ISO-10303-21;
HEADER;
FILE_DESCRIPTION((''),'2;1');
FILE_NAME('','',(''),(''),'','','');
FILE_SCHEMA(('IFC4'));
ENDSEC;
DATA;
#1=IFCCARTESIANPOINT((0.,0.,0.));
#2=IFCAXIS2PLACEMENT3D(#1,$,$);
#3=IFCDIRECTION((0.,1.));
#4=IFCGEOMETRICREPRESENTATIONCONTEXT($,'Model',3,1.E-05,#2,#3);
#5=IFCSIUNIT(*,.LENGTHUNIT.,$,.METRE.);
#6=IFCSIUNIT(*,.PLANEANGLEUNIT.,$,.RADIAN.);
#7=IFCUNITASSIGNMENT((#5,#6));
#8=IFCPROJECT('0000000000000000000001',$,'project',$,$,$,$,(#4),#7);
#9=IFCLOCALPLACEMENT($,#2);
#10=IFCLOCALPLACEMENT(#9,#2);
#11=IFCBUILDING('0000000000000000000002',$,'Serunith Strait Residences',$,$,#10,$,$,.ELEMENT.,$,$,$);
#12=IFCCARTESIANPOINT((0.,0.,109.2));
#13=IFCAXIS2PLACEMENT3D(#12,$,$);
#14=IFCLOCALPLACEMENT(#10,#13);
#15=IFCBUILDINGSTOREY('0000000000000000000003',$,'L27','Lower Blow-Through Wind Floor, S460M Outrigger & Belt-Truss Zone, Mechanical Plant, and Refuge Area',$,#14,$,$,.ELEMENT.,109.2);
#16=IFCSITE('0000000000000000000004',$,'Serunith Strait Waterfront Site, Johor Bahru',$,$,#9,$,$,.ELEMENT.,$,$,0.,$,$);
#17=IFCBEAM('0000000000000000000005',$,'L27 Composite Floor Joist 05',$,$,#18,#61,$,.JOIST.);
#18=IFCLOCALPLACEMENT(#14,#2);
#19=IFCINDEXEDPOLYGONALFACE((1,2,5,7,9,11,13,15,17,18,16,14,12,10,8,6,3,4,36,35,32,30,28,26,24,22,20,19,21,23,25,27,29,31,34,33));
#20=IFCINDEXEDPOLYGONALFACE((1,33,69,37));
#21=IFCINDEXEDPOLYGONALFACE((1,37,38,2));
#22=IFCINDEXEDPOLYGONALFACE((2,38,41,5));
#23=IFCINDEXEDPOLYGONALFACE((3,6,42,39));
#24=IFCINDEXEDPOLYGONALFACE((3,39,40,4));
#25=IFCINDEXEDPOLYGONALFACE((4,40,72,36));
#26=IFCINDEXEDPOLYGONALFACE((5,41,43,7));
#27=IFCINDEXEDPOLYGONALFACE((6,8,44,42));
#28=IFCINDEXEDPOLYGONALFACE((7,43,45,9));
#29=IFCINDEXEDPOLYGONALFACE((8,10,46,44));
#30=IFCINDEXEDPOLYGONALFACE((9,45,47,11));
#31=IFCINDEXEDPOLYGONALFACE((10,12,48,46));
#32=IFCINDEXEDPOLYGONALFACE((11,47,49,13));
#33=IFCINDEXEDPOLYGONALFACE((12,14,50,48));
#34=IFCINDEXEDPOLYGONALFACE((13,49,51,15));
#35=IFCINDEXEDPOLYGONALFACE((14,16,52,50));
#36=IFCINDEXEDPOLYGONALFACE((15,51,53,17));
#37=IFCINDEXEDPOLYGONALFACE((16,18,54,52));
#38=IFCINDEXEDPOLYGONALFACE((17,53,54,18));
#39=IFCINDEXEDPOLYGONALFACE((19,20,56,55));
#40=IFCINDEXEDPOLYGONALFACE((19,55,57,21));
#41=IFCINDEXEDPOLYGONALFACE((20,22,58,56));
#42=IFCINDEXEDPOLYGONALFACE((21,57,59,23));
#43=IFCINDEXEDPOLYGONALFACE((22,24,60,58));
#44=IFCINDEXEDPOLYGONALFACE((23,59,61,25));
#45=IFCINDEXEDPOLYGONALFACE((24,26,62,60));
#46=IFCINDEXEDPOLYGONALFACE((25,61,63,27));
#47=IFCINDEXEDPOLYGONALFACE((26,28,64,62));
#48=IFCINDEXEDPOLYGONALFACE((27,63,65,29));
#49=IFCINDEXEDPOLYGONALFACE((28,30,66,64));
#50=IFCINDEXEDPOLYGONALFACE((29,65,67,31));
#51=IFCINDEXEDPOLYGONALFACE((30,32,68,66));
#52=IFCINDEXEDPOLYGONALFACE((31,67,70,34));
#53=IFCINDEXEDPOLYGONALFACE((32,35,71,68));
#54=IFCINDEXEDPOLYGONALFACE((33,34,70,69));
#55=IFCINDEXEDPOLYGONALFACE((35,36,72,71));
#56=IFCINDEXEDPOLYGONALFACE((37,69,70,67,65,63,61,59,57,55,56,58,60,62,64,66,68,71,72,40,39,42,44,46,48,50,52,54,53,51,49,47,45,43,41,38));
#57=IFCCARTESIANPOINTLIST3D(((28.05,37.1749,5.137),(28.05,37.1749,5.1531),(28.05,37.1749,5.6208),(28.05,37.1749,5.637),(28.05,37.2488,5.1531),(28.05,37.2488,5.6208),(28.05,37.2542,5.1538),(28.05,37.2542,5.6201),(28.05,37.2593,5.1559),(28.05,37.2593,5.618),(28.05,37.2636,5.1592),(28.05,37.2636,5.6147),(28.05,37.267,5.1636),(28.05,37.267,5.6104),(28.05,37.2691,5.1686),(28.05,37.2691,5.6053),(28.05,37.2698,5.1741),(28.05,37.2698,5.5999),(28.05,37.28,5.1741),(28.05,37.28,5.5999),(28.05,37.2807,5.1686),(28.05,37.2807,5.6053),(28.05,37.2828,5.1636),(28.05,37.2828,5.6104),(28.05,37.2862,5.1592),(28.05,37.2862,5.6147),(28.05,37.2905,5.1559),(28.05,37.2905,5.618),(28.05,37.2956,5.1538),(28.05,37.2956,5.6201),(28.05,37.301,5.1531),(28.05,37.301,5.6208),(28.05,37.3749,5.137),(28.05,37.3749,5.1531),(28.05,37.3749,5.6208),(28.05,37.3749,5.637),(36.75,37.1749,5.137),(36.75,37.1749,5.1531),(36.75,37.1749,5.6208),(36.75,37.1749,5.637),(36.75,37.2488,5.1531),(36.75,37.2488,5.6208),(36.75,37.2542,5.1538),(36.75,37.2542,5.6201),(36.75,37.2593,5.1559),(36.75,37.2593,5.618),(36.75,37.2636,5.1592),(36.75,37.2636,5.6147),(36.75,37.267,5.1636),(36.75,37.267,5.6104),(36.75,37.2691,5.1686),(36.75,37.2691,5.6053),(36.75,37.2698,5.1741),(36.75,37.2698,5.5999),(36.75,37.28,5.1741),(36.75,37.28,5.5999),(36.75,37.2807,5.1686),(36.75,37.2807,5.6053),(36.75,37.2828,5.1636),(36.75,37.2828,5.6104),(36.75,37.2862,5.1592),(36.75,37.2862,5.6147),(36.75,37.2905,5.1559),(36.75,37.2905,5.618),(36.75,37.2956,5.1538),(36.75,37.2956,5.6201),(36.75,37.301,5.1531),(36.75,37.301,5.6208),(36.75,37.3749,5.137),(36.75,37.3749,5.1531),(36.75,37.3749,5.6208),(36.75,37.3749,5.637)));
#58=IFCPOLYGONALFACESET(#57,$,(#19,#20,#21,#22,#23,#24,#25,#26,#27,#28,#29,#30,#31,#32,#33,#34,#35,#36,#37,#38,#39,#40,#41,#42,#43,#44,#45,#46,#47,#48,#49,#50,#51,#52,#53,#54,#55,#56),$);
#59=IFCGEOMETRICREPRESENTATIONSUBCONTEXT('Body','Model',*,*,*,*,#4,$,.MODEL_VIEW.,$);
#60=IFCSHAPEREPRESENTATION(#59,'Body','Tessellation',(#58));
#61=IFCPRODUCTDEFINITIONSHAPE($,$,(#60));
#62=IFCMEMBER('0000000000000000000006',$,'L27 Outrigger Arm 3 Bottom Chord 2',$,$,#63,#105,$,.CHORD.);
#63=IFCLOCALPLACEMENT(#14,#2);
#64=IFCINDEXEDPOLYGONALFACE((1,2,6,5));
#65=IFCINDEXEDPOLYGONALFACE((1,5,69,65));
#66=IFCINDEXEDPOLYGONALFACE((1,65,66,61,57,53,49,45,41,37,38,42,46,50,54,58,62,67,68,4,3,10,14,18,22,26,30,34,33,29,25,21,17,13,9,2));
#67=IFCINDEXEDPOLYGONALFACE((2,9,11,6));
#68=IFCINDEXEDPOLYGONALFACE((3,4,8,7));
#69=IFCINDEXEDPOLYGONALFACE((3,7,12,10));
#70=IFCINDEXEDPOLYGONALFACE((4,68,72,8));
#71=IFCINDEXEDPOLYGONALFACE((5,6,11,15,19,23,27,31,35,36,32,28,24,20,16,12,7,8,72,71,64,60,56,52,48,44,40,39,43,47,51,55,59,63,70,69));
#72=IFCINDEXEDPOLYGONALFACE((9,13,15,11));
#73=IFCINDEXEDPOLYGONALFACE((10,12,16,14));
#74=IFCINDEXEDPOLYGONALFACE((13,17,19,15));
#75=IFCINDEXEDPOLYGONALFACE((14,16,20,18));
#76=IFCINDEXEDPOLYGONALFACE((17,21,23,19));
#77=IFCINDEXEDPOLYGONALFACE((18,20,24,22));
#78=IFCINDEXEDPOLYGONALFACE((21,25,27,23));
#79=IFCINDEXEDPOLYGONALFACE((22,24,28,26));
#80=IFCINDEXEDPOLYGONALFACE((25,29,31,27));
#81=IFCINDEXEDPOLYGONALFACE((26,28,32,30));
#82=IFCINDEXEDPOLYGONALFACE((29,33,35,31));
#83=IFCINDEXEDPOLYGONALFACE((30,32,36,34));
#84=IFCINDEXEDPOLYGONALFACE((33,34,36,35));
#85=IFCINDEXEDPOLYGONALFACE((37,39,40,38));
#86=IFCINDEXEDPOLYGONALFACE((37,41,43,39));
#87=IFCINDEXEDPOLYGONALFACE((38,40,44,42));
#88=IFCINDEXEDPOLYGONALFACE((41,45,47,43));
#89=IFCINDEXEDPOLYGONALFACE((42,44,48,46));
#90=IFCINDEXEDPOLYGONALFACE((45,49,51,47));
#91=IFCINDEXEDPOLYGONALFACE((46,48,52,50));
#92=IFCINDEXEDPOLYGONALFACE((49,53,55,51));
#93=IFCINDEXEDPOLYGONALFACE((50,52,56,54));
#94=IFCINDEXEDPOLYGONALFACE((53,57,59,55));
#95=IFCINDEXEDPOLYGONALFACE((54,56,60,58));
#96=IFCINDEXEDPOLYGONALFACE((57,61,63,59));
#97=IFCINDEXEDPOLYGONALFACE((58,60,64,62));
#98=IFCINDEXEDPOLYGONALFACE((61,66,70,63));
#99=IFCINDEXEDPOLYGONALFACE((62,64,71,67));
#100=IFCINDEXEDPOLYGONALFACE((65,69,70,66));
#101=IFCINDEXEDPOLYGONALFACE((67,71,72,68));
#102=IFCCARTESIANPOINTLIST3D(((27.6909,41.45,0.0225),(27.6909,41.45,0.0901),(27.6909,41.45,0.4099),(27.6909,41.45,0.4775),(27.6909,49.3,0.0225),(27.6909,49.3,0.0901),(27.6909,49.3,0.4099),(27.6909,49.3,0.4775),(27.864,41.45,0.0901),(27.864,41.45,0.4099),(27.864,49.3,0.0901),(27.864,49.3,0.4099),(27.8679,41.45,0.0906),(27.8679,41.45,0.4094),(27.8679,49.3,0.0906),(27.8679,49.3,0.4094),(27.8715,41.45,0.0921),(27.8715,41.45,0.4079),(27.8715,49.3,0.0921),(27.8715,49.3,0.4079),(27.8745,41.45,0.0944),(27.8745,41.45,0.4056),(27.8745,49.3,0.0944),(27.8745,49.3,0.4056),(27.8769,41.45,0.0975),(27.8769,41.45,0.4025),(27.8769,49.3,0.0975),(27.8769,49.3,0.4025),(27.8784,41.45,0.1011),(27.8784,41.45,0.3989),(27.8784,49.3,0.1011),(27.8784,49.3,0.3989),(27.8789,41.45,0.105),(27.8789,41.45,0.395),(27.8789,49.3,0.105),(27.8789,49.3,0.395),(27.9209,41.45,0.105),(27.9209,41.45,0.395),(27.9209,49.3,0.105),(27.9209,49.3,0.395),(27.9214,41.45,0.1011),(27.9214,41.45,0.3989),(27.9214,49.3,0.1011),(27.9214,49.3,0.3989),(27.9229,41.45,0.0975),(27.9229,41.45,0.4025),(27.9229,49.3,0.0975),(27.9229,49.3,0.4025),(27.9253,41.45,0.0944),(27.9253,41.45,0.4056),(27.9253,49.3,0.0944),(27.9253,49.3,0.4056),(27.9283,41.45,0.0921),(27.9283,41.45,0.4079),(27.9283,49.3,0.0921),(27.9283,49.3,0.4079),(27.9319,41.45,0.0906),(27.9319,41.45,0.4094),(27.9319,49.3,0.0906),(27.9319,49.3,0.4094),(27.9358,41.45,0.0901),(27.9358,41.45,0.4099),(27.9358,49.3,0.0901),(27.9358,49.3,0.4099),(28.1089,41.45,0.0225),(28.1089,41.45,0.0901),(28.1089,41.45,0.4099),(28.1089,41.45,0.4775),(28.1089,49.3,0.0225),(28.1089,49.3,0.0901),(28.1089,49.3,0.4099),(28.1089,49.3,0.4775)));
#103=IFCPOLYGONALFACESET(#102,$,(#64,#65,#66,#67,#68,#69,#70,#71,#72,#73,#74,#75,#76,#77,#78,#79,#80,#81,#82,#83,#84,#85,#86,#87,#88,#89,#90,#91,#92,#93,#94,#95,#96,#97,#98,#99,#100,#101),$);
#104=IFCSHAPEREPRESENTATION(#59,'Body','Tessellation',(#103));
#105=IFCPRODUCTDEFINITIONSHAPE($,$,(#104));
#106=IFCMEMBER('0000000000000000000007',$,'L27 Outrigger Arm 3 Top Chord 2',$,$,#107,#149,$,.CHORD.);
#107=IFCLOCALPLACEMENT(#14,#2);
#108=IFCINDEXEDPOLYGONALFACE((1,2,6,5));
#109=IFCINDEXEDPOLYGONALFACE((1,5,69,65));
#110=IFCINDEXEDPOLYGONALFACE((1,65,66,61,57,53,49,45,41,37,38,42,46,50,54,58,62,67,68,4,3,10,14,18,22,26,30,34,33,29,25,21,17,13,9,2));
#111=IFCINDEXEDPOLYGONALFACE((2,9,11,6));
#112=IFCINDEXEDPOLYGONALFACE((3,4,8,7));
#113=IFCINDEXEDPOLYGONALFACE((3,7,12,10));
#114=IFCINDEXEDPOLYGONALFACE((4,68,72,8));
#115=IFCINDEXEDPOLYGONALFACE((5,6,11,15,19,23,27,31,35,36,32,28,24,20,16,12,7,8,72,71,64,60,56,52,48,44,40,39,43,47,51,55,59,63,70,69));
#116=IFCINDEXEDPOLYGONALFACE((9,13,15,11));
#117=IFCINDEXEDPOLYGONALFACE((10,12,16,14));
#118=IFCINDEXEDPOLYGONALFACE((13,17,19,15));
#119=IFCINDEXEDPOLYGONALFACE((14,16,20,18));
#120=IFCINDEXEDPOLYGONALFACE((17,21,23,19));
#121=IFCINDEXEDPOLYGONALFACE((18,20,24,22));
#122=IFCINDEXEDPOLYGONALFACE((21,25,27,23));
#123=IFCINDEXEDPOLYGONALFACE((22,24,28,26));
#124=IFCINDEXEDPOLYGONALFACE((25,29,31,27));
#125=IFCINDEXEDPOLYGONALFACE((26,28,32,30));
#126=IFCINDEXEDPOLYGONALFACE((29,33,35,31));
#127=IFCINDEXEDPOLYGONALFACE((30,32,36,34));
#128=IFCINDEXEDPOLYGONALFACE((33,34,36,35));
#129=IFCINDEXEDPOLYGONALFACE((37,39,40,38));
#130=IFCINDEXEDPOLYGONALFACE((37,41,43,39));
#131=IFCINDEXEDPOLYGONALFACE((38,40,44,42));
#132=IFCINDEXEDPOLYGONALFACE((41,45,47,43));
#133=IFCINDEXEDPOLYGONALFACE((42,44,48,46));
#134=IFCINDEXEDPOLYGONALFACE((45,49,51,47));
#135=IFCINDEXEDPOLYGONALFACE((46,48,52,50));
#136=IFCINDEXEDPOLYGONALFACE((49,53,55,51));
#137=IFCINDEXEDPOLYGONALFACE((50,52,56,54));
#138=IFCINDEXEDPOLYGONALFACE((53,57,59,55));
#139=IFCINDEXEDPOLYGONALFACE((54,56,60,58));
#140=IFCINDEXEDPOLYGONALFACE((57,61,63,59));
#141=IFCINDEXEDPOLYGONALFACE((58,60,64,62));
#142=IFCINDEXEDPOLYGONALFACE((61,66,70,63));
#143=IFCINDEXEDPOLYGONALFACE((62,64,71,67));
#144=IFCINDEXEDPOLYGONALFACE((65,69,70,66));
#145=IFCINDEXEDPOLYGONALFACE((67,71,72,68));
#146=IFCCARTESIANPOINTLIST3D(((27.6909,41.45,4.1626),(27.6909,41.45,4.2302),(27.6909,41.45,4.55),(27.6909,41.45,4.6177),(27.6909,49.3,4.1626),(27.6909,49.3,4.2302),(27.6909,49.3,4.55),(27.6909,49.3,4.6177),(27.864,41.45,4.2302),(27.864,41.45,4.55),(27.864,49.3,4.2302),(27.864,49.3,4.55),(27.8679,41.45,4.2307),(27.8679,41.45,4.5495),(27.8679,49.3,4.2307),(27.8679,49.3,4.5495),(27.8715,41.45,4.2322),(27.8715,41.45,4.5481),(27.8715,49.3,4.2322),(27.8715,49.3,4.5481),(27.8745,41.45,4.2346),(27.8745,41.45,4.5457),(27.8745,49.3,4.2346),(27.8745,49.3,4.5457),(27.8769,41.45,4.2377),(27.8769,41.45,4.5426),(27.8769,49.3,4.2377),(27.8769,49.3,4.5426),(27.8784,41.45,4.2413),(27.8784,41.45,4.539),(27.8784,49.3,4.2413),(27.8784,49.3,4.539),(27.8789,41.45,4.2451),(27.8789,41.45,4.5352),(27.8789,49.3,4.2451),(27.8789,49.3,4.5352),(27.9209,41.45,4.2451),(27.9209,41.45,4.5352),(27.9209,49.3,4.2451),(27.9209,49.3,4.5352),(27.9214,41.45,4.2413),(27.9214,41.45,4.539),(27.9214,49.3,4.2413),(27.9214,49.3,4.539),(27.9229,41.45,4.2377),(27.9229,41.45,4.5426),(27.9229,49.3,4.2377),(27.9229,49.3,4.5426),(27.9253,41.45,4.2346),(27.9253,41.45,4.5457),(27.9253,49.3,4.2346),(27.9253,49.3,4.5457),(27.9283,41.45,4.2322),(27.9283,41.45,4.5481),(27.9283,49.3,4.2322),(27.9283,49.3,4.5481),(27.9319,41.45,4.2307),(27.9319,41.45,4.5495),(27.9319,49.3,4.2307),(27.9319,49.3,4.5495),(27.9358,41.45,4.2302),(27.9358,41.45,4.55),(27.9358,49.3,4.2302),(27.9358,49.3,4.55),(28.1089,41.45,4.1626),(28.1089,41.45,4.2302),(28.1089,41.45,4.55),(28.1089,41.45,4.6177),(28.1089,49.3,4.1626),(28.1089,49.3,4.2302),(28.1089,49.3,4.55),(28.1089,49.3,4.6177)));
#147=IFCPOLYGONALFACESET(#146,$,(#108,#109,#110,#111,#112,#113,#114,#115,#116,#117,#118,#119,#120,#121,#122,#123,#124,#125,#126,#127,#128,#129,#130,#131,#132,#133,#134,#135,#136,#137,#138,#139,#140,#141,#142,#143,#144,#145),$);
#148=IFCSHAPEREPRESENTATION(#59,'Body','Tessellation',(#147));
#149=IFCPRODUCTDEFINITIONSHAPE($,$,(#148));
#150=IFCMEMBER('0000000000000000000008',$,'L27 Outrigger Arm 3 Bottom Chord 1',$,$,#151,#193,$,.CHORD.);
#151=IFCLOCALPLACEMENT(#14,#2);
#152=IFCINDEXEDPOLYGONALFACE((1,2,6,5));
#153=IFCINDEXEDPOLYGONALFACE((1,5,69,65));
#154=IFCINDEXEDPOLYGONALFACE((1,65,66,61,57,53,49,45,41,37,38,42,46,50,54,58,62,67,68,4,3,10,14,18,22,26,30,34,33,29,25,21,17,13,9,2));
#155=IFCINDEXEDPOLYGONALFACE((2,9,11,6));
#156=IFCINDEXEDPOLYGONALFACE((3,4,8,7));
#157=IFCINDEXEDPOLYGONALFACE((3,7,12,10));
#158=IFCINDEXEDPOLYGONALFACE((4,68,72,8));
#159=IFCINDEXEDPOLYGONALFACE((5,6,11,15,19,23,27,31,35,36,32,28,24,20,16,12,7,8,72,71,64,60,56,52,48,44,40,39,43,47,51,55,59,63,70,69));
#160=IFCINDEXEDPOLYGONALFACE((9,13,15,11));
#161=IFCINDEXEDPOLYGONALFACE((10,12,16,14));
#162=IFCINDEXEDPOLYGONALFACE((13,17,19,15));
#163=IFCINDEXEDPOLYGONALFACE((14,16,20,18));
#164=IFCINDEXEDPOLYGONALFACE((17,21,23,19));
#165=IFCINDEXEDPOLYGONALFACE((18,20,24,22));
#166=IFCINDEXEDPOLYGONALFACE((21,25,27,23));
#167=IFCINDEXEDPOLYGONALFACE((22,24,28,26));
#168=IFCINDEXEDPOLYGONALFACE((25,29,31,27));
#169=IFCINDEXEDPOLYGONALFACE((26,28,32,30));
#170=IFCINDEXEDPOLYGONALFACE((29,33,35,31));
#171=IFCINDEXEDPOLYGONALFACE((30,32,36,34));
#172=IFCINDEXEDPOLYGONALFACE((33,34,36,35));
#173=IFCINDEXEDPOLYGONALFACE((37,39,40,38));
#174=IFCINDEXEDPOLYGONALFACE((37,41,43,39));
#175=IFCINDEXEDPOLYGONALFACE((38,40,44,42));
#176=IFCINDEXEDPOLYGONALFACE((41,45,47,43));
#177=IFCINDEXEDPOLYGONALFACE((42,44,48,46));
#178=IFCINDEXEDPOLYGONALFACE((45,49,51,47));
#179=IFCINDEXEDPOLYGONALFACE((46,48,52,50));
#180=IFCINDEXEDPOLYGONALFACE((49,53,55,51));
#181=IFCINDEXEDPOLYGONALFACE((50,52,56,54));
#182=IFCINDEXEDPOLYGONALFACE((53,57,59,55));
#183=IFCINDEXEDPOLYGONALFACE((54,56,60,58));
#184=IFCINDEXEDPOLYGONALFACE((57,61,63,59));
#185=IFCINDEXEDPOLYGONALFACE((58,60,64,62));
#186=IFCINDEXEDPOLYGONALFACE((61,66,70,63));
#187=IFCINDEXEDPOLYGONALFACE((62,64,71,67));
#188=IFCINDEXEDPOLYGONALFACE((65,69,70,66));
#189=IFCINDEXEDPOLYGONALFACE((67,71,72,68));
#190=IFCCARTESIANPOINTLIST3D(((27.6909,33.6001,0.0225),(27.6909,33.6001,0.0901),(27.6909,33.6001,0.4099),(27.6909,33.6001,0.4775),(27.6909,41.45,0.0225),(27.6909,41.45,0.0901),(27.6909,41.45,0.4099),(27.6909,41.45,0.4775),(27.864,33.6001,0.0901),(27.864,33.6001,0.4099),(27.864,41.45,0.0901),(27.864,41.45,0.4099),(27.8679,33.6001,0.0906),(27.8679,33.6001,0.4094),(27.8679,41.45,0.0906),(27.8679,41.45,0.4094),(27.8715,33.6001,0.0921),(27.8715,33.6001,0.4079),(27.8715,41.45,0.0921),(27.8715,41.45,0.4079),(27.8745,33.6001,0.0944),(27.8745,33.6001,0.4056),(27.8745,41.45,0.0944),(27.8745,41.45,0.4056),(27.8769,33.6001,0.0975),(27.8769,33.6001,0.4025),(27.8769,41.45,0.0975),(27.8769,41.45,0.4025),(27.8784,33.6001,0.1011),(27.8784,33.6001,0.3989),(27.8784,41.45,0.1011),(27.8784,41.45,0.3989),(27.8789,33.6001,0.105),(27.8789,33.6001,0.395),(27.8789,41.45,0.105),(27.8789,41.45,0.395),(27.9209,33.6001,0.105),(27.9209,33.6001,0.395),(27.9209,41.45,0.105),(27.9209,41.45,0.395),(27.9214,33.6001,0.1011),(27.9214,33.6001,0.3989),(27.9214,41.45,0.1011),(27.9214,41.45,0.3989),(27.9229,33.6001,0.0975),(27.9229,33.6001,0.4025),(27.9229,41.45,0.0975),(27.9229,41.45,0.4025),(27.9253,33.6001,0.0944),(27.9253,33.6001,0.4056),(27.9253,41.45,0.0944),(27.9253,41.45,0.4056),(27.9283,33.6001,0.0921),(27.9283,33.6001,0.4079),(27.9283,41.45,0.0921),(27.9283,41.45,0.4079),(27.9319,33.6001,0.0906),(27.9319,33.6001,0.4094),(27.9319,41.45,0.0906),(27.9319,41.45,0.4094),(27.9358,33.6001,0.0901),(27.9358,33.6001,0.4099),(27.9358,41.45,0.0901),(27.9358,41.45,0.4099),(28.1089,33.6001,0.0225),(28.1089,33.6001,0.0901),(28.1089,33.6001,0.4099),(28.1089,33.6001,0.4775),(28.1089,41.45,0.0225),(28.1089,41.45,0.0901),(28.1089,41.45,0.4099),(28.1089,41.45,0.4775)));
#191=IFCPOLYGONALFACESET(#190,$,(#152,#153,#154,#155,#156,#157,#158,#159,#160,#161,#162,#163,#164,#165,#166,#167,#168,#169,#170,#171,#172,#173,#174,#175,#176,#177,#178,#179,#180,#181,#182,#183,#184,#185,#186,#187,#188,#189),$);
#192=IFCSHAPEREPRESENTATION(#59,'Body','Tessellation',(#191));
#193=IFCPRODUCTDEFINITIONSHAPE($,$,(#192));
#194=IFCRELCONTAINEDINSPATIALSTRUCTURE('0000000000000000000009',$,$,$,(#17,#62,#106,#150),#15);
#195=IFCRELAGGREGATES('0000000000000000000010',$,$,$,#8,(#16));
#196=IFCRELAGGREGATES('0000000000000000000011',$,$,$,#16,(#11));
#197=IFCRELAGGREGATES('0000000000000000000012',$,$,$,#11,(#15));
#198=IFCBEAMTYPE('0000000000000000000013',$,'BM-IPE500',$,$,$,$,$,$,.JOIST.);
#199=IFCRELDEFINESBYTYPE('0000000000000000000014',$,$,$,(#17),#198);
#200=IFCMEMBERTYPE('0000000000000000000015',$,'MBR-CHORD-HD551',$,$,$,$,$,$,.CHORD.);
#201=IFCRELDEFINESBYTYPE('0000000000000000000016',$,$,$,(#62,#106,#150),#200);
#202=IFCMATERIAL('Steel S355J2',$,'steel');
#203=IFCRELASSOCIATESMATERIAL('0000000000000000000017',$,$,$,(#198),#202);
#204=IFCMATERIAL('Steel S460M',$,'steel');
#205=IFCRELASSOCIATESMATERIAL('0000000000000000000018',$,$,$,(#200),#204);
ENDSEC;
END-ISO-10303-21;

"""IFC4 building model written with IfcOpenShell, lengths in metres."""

from ifc_helpers import new_model, si_unit, direction, frame, origin, origin_2d, place, context, subcontext, project, spatial, i_section, extrude, source, transform, mapped, material, material_profile, profile_set, type_object, element, save


model = new_model("IFC4")

# Units and contexts
model_context = context("Model", 3, precision=1e-05, world=origin(), true_north=direction((0.0, 1.0)))
body_context = subcontext(model_context, "Body", "Model", "MODEL_VIEW")
ifc_project = project(units=[si_unit("LENGTHUNIT", "METRE"), si_unit("PLANEANGLEUNIT", "RADIAN")], contexts=[model_context])

# Site, building, storey
site_placement = place(None, origin())
site = spatial("IfcSite", under=ifc_project, at=site_placement, Name="Serunith Strait Waterfront Site, Johor Bahru", CompositionType="ELEMENT", RefElevation=0.0)
building_placement = place(site_placement, origin())
building = spatial("IfcBuilding", under=site, at=building_placement, Name="Serunith Strait Residences", CompositionType="ELEMENT")
storey_placement = place(building_placement, frame((0.0, 0.0, 109.2)))
storey = spatial("IfcBuildingStorey", under=building, at=storey_placement, Name="L27", Description="Lower Blow-Through Wind Floor, S460M Outrigger & Belt-Truss Zone, Mechanical Plant, and Refuge Area", CompositionType="ELEMENT", Elevation=109.2)

# Beam
ifc_material_1 = material(Name="Steel S355J2", Category="steel")
ifc_material_profile_1 = material_profile(ifc_material_1, i_section(OverallWidth=0.2, OverallDepth=0.5, WebThickness=0.0103, FlangeThickness=0.0161, FilletRadius=0.021, at=origin_2d()), Name="IPE 500")
ifc_profile_set_1 = profile_set([ifc_material_profile_1], Name="Steel S355J2")
beam_type_1 = type_object("IfcBeamType", Name="BM-IPE500", PredefinedType="JOIST", material=ifc_profile_set_1)
shared_shape_1 = source(origin(), body_context, "Body", "SweptSolid", [
    extrude(i_section(OverallWidth=0.2, OverallDepth=0.5, WebThickness=0.0103, FlangeThickness=0.0161, FilletRadius=0.021, at=origin_2d()), origin(), (0.0, 0.0, 1.0), 8.7),
])
beam_1_placement = place(storey_placement, frame((28.05, 37.2749, 5.387), z_axis=(1.0, 0.0, 0.0), x_axis=(0.0, 1.0, 0.0)))
element("IfcBeam", 1, at=beam_1_placement, inside=storey, type_object=beam_type_1, Name="L27 Composite Floor Joist 05", PredefinedType="JOIST", context=body_context, shape_type="MappedRepresentation", body=[
    mapped(shared_shape_1, transform((0.0, 0.0, 0.0), scale=1.0)),
])

# Members
ifc_material_2 = material(Name="Steel S460M", Category="steel")
ifc_material_profile_2 = material_profile(ifc_material_2, i_section(OverallWidth=0.418, OverallDepth=0.4551, WebThickness=0.042, FlangeThickness=0.0676, FilletRadius=0.0149, at=origin_2d()), Name="HD 400x551")
ifc_profile_set_2 = profile_set([ifc_material_profile_2], Name="Steel S460M")
member_type_1 = type_object("IfcMemberType", Name="MBR-CHORD-HD551", PredefinedType="CHORD", material=ifc_profile_set_2)
shared_shape_2 = source(origin(), body_context, "Body", "SweptSolid", [
    extrude(i_section(OverallWidth=0.418, OverallDepth=0.4551, WebThickness=0.042, FlangeThickness=0.0676, FilletRadius=0.0149, at=origin_2d()), origin(), (0.0, 0.0, 1.0), 7.8501),
])
for number, where, z_axis, x_axis, name in (
    (2, (27.8999, 41.45, 0.25), (0.0, 1.0, 0.0), (-1.0, 0.0, 0.0), "L27 Outrigger Arm 3 Bottom Chord 2"),
    (3, (27.8999, 41.45, 4.3901), (0.0, 1.0, 0.0), (-1.0, 0.0, 0.0), "L27 Outrigger Arm 3 Top Chord 2"),
):
    element("IfcMember", number, at=place(storey_placement, frame(where, z_axis=z_axis, x_axis=x_axis)), inside=storey, type_object=member_type_1, Name=name, PredefinedType="CHORD", context=body_context, shape_type="MappedRepresentation", body=[
        mapped(shared_shape_2, transform((0.0, 0.0, 0.0), scale=1.0)),
    ])
shared_shape_3 = source(origin(), body_context, "Body", "SweptSolid", [
    extrude(i_section(OverallWidth=0.418, OverallDepth=0.4551, WebThickness=0.042, FlangeThickness=0.0676, FilletRadius=0.0149, at=origin_2d()), origin(), (0.0, 0.0, 1.0), 7.8499),
])
for number, where, z_axis, x_axis, name in (
    (4, (27.8999, 33.6001, 0.25), (0.0, 1.0, 0.0), (-1.0, 0.0, 0.0), "L27 Outrigger Arm 3 Bottom Chord 1"),
):
    element("IfcMember", number, at=place(storey_placement, frame(where, z_axis=z_axis, x_axis=x_axis)), inside=storey, type_object=member_type_1, Name=name, PredefinedType="CHORD", context=body_context, shape_type="MappedRepresentation", body=[
        mapped(shared_shape_3, transform((0.0, 0.0, 0.0), scale=1.0)),
    ])

save(model, "model.ifc")
